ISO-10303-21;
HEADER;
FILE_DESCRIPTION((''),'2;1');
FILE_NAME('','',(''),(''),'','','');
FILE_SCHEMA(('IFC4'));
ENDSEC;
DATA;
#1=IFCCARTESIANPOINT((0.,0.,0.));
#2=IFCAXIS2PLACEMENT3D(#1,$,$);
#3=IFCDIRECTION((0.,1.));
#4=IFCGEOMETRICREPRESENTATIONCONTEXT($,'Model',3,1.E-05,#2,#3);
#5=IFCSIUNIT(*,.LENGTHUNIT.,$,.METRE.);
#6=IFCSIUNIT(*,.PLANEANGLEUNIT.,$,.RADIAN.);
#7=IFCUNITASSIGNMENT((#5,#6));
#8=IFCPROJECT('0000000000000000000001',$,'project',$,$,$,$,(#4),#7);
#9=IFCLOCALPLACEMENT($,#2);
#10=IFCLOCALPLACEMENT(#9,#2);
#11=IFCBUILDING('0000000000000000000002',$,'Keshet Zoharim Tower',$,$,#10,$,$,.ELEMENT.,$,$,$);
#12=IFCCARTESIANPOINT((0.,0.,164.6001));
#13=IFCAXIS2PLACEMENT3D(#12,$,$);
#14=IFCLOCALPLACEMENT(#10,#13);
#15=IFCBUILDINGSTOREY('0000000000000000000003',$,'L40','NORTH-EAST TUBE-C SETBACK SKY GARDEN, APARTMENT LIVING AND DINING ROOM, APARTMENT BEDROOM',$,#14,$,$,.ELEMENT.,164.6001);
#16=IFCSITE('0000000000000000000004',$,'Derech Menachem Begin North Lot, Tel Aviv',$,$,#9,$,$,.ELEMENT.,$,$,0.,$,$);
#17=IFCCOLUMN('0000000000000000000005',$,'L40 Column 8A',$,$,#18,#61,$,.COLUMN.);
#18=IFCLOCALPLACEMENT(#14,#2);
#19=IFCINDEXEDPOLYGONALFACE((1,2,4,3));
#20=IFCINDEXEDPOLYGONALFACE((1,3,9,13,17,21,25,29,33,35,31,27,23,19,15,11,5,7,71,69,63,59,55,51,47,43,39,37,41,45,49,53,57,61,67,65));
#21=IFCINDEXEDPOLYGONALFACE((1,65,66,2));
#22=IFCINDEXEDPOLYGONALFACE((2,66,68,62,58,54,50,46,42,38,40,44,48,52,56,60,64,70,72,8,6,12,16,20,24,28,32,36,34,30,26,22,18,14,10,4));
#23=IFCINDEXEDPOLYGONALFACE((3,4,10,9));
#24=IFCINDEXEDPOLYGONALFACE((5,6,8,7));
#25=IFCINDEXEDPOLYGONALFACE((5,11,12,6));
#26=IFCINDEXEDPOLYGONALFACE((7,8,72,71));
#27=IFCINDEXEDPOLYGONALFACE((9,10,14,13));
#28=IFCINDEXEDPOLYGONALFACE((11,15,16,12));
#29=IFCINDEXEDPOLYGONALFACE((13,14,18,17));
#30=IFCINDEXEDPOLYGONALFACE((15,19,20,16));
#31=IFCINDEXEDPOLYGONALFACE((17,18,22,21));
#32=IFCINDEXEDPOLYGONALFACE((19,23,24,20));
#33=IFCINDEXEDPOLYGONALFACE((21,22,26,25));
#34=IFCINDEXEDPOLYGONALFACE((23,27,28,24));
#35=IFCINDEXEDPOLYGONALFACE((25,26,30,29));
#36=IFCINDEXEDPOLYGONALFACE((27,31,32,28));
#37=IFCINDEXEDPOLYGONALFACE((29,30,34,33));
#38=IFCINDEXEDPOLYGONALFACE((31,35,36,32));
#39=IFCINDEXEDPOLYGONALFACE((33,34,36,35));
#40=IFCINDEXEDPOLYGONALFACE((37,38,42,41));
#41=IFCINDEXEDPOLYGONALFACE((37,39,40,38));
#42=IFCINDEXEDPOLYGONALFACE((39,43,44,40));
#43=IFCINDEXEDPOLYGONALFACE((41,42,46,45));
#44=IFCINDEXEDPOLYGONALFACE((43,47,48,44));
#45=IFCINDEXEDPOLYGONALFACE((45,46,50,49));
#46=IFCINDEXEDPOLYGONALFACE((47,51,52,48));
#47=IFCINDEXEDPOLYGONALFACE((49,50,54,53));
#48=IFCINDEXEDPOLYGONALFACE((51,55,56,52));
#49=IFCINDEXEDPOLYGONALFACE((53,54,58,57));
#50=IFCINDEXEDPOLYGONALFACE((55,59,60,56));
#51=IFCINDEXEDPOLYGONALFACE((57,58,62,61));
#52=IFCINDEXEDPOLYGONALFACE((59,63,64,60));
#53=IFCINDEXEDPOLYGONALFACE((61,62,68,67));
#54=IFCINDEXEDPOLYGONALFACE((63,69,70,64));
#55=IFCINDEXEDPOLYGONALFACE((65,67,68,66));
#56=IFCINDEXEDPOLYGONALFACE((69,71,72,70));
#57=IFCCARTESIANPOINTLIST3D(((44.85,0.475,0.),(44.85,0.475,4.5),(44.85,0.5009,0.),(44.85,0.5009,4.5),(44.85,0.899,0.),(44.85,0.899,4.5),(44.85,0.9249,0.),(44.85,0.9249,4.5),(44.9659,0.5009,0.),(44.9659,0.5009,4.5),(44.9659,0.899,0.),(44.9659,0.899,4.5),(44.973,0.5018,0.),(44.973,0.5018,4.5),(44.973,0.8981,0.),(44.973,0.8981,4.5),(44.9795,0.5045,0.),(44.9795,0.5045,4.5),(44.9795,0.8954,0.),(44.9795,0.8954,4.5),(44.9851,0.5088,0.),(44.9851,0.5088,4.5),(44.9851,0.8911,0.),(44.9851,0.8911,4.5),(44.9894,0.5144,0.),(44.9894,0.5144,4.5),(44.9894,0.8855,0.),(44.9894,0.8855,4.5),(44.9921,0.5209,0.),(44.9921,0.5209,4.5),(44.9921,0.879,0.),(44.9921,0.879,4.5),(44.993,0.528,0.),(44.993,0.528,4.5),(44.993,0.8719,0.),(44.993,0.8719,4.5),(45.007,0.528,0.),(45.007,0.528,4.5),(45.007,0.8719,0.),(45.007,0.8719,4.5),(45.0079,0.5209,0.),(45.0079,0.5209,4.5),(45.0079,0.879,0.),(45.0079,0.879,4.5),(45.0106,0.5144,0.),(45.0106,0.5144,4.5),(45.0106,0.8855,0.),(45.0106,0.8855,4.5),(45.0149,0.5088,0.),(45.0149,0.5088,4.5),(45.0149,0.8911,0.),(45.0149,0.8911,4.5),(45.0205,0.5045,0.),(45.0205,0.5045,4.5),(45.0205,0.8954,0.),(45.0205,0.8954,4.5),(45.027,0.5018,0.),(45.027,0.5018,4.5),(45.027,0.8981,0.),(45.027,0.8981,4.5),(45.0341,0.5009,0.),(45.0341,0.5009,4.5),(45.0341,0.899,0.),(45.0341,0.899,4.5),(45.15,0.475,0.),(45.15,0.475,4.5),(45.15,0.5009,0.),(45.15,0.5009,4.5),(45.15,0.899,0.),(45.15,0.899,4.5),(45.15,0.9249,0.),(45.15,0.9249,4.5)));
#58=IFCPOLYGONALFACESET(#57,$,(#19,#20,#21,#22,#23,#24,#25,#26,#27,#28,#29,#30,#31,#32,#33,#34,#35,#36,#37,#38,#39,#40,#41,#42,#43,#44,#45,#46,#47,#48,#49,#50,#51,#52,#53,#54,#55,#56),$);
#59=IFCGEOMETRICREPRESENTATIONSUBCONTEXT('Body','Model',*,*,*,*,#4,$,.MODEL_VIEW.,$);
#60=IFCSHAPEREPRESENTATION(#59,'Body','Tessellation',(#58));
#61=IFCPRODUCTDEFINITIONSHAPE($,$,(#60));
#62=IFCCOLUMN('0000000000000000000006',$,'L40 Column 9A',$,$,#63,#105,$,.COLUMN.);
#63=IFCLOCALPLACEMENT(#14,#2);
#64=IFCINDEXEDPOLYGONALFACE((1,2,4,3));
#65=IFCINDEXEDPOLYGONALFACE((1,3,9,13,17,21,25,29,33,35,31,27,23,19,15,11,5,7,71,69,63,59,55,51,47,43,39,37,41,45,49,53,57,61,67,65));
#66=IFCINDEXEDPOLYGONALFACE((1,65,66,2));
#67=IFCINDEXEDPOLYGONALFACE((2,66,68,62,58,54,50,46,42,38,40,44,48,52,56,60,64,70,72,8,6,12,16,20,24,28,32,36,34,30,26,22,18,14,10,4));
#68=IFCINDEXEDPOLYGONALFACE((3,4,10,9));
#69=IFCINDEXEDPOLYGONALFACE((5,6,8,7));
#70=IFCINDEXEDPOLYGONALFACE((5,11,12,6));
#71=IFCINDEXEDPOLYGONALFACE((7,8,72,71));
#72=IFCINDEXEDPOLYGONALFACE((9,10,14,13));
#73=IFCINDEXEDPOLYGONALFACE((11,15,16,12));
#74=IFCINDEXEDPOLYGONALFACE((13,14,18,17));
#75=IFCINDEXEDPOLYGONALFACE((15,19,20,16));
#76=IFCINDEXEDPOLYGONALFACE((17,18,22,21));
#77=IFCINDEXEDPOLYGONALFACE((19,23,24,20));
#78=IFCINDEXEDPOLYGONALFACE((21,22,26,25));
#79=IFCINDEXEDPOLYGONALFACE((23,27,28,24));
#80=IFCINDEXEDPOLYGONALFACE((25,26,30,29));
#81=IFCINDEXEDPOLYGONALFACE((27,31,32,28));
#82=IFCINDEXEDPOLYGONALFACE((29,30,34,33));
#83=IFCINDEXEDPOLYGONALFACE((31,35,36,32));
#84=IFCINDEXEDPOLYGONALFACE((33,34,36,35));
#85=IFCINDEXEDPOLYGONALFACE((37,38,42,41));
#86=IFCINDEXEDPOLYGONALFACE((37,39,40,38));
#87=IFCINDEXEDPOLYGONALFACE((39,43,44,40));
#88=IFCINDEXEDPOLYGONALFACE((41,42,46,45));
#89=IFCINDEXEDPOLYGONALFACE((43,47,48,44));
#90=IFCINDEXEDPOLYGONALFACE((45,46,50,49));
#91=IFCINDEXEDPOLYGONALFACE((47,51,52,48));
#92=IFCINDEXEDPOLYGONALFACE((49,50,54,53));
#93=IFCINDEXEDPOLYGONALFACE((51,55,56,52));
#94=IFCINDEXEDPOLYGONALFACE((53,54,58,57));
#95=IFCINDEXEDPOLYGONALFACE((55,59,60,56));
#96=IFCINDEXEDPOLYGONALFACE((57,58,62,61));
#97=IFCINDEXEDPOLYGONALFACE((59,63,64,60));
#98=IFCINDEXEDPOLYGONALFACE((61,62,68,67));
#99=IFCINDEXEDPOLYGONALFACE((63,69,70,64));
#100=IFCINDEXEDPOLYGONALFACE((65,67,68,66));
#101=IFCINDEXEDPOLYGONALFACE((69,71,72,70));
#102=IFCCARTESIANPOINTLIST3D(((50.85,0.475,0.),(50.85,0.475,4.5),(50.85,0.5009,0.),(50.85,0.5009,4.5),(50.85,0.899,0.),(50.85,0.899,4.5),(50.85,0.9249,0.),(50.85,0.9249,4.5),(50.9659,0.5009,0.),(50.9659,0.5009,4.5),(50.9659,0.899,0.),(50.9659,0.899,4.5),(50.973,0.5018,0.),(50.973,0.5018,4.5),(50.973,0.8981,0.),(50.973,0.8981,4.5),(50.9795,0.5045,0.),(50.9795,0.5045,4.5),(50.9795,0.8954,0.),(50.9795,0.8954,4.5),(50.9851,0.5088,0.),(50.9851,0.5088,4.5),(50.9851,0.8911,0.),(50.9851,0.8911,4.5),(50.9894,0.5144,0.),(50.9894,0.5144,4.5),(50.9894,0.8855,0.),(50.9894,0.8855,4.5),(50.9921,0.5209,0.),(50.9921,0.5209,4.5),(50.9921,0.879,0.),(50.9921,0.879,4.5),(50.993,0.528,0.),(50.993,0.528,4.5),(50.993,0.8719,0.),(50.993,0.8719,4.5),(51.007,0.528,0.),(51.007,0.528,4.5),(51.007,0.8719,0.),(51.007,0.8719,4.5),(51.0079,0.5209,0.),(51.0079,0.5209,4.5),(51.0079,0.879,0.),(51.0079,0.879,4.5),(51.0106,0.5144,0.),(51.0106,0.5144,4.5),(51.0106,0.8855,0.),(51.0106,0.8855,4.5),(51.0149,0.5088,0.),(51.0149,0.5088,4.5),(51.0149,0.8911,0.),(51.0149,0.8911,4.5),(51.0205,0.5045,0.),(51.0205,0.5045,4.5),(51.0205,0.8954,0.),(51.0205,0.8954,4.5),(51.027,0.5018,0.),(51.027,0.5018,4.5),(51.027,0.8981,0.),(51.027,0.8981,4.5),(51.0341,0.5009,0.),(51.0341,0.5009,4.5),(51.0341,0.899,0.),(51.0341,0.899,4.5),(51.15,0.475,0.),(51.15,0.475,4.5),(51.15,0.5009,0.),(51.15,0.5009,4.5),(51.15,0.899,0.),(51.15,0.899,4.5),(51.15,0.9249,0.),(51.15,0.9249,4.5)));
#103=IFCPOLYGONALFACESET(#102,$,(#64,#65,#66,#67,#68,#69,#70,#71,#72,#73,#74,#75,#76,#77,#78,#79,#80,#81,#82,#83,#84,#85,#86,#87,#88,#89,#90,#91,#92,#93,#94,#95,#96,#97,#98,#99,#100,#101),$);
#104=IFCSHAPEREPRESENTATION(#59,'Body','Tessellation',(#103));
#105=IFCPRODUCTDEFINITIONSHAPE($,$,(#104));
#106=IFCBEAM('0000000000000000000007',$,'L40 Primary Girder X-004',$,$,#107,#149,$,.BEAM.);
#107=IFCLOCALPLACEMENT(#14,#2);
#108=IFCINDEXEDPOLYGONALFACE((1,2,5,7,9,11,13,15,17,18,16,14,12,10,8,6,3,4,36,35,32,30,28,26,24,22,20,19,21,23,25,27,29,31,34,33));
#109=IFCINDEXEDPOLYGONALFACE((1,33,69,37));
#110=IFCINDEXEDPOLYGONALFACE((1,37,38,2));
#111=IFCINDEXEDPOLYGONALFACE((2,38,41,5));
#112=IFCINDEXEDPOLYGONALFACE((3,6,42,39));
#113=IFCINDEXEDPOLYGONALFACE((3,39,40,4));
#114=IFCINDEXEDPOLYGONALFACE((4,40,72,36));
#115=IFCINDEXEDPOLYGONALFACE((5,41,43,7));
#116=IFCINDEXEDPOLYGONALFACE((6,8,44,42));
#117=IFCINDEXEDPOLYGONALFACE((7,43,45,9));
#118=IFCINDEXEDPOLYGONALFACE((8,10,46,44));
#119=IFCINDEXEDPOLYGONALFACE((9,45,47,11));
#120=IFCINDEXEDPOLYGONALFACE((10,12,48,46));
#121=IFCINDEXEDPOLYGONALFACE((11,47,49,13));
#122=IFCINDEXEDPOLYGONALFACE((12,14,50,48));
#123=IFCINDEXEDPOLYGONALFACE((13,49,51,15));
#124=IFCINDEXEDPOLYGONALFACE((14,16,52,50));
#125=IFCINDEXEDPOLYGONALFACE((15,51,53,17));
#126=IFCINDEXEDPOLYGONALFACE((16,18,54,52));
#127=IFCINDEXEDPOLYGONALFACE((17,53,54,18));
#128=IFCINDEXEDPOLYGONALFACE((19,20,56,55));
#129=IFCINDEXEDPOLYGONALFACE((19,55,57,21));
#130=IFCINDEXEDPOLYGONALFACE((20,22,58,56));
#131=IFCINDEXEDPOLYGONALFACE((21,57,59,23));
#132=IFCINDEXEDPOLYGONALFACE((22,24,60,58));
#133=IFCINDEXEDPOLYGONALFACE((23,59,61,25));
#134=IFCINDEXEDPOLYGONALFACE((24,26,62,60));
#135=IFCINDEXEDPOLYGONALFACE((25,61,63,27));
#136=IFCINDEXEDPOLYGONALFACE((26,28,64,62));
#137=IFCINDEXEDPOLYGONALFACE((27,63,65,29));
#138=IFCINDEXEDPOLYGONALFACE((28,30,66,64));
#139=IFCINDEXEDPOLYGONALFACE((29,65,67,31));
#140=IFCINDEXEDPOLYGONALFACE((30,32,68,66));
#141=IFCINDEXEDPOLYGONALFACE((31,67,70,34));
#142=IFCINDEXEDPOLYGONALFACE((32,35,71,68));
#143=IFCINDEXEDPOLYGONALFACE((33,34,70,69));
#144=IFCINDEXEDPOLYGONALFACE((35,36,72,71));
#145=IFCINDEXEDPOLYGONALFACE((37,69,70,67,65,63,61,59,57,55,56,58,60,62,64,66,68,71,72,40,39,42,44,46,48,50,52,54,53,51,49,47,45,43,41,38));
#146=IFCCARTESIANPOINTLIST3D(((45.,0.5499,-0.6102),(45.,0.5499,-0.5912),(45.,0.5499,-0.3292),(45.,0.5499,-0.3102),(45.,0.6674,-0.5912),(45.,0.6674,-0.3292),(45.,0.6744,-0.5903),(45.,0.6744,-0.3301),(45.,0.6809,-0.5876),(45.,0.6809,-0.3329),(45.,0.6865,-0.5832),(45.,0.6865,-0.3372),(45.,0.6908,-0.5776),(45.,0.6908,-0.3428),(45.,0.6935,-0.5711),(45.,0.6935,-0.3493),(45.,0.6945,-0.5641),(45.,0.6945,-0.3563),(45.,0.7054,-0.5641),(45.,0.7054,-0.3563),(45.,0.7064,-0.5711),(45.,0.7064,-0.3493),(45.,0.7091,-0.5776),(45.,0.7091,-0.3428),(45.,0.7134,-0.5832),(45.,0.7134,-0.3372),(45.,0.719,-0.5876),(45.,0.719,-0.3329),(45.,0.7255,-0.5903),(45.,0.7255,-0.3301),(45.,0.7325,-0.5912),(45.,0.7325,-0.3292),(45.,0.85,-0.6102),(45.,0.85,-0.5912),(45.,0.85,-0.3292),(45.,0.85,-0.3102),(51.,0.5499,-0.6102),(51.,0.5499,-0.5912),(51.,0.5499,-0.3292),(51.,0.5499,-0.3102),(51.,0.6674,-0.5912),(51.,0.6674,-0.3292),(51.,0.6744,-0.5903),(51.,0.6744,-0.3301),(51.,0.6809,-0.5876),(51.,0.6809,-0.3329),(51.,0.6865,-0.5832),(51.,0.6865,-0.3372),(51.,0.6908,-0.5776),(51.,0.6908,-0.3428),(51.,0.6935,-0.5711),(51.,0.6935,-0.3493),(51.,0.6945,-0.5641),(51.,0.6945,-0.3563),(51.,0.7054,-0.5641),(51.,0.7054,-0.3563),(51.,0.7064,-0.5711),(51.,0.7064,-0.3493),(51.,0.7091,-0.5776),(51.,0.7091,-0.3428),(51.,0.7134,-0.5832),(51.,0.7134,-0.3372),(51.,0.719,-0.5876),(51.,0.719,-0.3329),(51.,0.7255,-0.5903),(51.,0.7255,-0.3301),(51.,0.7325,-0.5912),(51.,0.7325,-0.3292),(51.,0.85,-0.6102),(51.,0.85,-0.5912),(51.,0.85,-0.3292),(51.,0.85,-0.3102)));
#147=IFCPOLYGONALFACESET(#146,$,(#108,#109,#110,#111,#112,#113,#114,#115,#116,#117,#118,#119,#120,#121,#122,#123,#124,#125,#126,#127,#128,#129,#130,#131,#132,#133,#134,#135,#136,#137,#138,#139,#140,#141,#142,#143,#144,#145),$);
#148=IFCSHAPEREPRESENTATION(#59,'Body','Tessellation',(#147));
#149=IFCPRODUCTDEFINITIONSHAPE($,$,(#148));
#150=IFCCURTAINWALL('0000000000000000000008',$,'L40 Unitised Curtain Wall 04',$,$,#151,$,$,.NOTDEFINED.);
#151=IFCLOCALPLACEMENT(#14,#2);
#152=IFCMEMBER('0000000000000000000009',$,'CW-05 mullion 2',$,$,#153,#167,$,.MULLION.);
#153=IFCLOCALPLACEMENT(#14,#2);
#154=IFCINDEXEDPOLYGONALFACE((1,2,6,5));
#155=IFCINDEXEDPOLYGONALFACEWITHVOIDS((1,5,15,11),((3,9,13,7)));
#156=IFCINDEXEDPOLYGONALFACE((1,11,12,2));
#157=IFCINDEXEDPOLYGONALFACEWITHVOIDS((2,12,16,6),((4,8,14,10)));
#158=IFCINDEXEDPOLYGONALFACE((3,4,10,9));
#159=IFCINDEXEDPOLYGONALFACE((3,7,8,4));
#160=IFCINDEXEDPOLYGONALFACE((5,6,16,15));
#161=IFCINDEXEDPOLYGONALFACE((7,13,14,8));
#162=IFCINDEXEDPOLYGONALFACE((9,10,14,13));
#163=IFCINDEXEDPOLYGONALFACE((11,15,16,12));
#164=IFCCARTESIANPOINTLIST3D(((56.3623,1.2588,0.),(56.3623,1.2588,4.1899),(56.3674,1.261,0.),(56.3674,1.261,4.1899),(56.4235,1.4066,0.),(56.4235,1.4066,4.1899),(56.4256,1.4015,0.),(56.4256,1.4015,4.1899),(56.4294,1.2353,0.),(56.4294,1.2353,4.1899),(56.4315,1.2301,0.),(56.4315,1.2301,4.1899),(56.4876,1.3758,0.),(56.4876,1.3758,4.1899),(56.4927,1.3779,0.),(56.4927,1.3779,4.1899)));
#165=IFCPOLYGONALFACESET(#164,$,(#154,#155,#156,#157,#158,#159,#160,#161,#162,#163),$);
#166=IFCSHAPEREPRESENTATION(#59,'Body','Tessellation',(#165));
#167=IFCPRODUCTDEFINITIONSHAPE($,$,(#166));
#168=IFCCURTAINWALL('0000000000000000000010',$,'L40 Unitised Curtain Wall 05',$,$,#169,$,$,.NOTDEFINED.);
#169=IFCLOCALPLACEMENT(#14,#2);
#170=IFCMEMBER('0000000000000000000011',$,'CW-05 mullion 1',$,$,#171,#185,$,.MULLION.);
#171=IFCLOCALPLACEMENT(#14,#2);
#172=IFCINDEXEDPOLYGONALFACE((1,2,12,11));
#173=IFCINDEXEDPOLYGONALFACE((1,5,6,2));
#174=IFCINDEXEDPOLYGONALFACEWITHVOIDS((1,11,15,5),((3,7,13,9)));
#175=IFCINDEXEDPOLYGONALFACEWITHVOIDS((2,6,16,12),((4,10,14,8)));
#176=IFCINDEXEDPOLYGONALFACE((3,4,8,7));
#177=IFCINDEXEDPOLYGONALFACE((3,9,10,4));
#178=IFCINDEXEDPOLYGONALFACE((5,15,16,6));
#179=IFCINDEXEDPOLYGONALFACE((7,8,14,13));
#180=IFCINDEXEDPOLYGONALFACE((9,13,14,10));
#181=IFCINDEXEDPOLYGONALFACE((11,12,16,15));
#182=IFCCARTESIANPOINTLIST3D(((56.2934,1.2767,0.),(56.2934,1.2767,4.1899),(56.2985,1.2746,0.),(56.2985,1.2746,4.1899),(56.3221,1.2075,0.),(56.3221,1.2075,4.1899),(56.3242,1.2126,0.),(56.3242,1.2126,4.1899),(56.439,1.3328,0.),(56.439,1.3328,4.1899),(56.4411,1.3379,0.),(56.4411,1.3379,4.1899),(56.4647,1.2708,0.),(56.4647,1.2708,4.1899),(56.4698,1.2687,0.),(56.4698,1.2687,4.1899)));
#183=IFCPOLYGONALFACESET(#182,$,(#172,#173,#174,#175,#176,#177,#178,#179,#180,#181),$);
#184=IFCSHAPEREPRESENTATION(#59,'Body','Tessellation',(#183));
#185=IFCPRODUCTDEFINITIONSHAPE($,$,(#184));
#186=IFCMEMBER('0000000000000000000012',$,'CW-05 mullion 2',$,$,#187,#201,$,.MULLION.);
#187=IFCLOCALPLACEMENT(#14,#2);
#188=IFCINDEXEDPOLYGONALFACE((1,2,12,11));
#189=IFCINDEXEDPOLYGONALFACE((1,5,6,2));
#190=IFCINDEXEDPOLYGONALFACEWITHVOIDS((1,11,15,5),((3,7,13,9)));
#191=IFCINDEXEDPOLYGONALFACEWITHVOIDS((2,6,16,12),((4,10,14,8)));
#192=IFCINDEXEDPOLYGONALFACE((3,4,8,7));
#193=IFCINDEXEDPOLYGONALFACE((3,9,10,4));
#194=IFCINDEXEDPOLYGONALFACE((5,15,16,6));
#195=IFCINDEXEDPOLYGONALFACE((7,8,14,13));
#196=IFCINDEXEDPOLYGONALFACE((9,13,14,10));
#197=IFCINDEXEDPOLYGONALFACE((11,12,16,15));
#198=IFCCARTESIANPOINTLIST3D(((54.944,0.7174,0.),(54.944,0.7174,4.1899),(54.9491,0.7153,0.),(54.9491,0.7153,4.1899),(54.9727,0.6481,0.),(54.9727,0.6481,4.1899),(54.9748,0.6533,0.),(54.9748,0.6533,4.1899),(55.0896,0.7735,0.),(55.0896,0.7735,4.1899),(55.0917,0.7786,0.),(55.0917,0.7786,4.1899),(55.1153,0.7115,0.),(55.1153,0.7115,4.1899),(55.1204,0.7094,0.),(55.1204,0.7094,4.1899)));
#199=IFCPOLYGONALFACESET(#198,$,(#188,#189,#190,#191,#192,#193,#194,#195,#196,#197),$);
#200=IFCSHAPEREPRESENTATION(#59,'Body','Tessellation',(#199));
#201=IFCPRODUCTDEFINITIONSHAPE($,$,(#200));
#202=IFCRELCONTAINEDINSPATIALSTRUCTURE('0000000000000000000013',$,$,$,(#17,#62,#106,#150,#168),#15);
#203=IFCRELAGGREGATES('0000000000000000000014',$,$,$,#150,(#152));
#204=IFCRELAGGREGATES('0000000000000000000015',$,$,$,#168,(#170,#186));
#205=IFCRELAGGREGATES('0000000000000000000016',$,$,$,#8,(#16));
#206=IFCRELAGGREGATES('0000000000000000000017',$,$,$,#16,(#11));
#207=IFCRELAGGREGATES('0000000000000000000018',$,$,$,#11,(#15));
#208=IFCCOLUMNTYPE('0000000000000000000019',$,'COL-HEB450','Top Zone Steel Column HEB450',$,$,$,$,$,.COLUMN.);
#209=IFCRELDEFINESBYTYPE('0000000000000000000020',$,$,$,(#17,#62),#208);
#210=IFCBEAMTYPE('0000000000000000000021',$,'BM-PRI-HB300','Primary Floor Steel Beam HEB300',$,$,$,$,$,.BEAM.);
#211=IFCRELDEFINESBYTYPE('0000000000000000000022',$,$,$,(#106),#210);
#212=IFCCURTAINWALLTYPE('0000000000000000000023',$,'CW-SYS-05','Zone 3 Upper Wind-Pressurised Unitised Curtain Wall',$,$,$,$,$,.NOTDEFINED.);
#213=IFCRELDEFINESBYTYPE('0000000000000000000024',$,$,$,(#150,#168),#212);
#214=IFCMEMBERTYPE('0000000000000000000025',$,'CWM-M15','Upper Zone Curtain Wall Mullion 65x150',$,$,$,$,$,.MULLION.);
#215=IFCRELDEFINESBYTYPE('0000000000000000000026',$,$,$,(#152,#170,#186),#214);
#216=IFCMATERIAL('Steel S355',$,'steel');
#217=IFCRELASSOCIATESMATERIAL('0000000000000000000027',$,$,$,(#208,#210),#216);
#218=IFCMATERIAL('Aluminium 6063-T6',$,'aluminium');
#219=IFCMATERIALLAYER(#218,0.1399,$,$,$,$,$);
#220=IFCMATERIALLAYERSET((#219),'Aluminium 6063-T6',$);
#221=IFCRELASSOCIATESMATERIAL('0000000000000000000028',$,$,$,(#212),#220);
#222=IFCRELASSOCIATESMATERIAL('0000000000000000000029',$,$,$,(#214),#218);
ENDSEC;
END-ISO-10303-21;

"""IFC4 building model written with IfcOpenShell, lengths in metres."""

from ifc_helpers import new_model, si_unit, direction, frame, origin, origin_2d, place, context, subcontext, project, spatial, hollow_rectangle, i_section, extrude, material, layer, layer_set, material_profile, profile_set, type_object, element, aggregate, save


model = new_model("IFC4")

# Units and contexts
model_context = context("Model", 3, precision=1e-05, world=origin(), true_north=direction((0.0, 1.0)))
body_context = subcontext(model_context, "Body", "Model", "MODEL_VIEW")
ifc_project = project(units=[si_unit("LENGTHUNIT", "METRE"), si_unit("PLANEANGLEUNIT", "RADIAN")], contexts=[model_context])

# Site, building, storey
site_placement = place(None, origin())
site = spatial("IfcSite", under=ifc_project, at=site_placement, Name="Derech Menachem Begin North Lot, Tel Aviv", CompositionType="ELEMENT", RefElevation=0.0)
building_placement = place(site_placement, origin())
building = spatial("IfcBuilding", under=site, at=building_placement, Name="Keshet Zoharim Tower", CompositionType="ELEMENT")
storey_placement = place(building_placement, frame((0.0, 0.0, 164.6001)))
storey = spatial("IfcBuildingStorey", under=building, at=storey_placement, Name="L40", Description="NORTH-EAST TUBE-C SETBACK SKY GARDEN, APARTMENT LIVING AND DINING ROOM, APARTMENT BEDROOM", CompositionType="ELEMENT", Elevation=164.6001)

# Columns
ifc_material_1 = material(Name="Steel S355", Category="steel")
ifc_material_profile_1 = material_profile(ifc_material_1, i_section(OverallWidth=0.3, OverallDepth=0.45, WebThickness=0.0139, FlangeThickness=0.0259, FilletRadius=0.0271, at=origin_2d()), Name="HEB450")
ifc_profile_set_1 = profile_set([ifc_material_profile_1], Name="Steel S355")
column_type = type_object("IfcColumnType", Name="COL-HEB450", Description="Top Zone Steel Column HEB450", PredefinedType="COLUMN", material=ifc_profile_set_1)
for number, where, z_axis, x_axis, name in (
    (1, (45.0, 0.7, 0.0), (0.0, 0.0, 1.0), (1.0, 0.0, 0.0), "L40 Column 8A"),
    (2, (51.0, 0.7, 0.0), (0.0, 0.0, 1.0), (1.0, 0.0, 0.0), "L40 Column 9A"),
):
    element("IfcColumn", number, at=place(storey_placement, frame(where, z_axis=z_axis, x_axis=x_axis)), inside=storey, type_object=column_type, Name=name, PredefinedType="COLUMN", context=body_context, shape_type="SweptSolid", body=[
        extrude(i_section(OverallWidth=0.3, OverallDepth=0.45, WebThickness=0.0139, FlangeThickness=0.0259, FilletRadius=0.0271, at=origin_2d()), origin(), (0.0, 0.0, 1.0), 4.5),
    ])

# Beam
ifc_material_profile_2 = material_profile(ifc_material_1, i_section(OverallWidth=0.3, OverallDepth=0.3, WebThickness=0.011, FlangeThickness=0.019, FilletRadius=0.0271, at=origin_2d()), Name="HEB300")
ifc_profile_set_2 = profile_set([ifc_material_profile_2], Name="Steel S355")
beam_type = type_object("IfcBeamType", Name="BM-PRI-HB300", Description="Primary Floor Steel Beam HEB300", PredefinedType="BEAM", material=ifc_profile_set_2)
beam_placement = place(storey_placement, frame((45.0, 0.7, -0.4602), z_axis=(1.0, 0.0, 0.0), x_axis=(0.0, 1.0, 0.0)))
element("IfcBeam", 3, at=beam_placement, inside=storey, type_object=beam_type, Name="L40 Primary Girder X-004", PredefinedType="BEAM", context=body_context, shape_type="SweptSolid", body=[
    extrude(i_section(OverallWidth=0.3, OverallDepth=0.3, WebThickness=0.011, FlangeThickness=0.019, FilletRadius=0.0271, at=origin_2d()), origin(), (0.0, 0.0, 1.0), 6.0),
])

# Curtain wall, member
ifc_material_2 = material(Name="Aluminium 6063-T6", Category="aluminium")
ifc_layer_1 = layer(ifc_material_2, 0.1399)
ifc_layer_set_1 = layer_set([ifc_layer_1], Name="Aluminium 6063-T6")
curtain_wall_type = type_object("IfcCurtainWallType", Name="CW-SYS-05", Description="Zone 3 Upper Wind-Pressurised Unitised Curtain Wall", PredefinedType="NOTDEFINED", material=ifc_layer_set_1)
curtain_wall_1_placement = place(storey_placement, origin())
curtain_wall_1 = element("IfcCurtainWall", 4, at=curtain_wall_1_placement, inside=storey, type_object=curtain_wall_type, Name="L40 Unitised Curtain Wall 04", PredefinedType="NOTDEFINED")
ifc_material_profile_3 = material_profile(ifc_material_2, hollow_rectangle(XDim=0.075, YDim=0.1599, WallThickness=0.0039, at=origin_2d()), Name="MUL-75x160")
ifc_profile_set_3 = profile_set([ifc_material_profile_3], Name="Aluminium 6063-T6")
member_type_1 = type_object("IfcMemberType", Name="CWM-M15", Description="Upper Zone Curtain Wall Mullion 65x150", PredefinedType="MULLION", material=ifc_profile_set_3)
member_1_placement = place(storey_placement, frame((56.4275, 1.3184, 0.0), z_axis=(0.0, 0.0, 1.0), x_axis=(0.92381, -0.382852, 0.0)))
member_1 = element("IfcMember", 5, at=member_1_placement, type_object=member_type_1, Name="CW-05 mullion 2", PredefinedType="MULLION", context=body_context, shape_type="SweptSolid", body=[
    extrude(hollow_rectangle(XDim=0.075, YDim=0.1599, WallThickness=0.0039, at=origin_2d()), origin(), (0.0, 0.0, 1.0), 4.1899),
])

# Curtain wall, members
curtain_wall_2_placement = place(storey_placement, origin())
curtain_wall_2 = element("IfcCurtainWall", 6, at=curtain_wall_2_placement, inside=storey, type_object=curtain_wall_type, Name="L40 Unitised Curtain Wall 05", PredefinedType="NOTDEFINED")
member_2_placement = place(storey_placement, frame((56.3816, 1.2727, 0.0), z_axis=(0.0, 0.0, 1.0), x_axis=(0.382852, -0.92381, 0.0)))
member_2 = element("IfcMember", 7, at=member_2_placement, type_object=member_type_1, Name="CW-05 mullion 1", PredefinedType="MULLION", context=body_context, shape_type="SweptSolid", body=[
    extrude(hollow_rectangle(XDim=0.075, YDim=0.1599, WallThickness=0.0039, at=origin_2d()), origin(), (0.0, 0.0, 1.0), 4.1899),
])
member_3_placement = place(storey_placement, frame((55.0322, 0.7134, 0.0), z_axis=(0.0, 0.0, 1.0), x_axis=(0.382852, -0.92381, 0.0)))
member_3 = element("IfcMember", 8, at=member_3_placement, type_object=member_type_1, Name="CW-05 mullion 2", PredefinedType="MULLION", context=body_context, shape_type="SweptSolid", body=[
    extrude(hollow_rectangle(XDim=0.075, YDim=0.1599, WallThickness=0.0039, at=origin_2d()), origin(), (0.0, 0.0, 1.0), 4.1899),
])

aggregate(curtain_wall_1, [member_1])
aggregate(curtain_wall_2, [member_2, member_3])

save(model, "model.ifc")
